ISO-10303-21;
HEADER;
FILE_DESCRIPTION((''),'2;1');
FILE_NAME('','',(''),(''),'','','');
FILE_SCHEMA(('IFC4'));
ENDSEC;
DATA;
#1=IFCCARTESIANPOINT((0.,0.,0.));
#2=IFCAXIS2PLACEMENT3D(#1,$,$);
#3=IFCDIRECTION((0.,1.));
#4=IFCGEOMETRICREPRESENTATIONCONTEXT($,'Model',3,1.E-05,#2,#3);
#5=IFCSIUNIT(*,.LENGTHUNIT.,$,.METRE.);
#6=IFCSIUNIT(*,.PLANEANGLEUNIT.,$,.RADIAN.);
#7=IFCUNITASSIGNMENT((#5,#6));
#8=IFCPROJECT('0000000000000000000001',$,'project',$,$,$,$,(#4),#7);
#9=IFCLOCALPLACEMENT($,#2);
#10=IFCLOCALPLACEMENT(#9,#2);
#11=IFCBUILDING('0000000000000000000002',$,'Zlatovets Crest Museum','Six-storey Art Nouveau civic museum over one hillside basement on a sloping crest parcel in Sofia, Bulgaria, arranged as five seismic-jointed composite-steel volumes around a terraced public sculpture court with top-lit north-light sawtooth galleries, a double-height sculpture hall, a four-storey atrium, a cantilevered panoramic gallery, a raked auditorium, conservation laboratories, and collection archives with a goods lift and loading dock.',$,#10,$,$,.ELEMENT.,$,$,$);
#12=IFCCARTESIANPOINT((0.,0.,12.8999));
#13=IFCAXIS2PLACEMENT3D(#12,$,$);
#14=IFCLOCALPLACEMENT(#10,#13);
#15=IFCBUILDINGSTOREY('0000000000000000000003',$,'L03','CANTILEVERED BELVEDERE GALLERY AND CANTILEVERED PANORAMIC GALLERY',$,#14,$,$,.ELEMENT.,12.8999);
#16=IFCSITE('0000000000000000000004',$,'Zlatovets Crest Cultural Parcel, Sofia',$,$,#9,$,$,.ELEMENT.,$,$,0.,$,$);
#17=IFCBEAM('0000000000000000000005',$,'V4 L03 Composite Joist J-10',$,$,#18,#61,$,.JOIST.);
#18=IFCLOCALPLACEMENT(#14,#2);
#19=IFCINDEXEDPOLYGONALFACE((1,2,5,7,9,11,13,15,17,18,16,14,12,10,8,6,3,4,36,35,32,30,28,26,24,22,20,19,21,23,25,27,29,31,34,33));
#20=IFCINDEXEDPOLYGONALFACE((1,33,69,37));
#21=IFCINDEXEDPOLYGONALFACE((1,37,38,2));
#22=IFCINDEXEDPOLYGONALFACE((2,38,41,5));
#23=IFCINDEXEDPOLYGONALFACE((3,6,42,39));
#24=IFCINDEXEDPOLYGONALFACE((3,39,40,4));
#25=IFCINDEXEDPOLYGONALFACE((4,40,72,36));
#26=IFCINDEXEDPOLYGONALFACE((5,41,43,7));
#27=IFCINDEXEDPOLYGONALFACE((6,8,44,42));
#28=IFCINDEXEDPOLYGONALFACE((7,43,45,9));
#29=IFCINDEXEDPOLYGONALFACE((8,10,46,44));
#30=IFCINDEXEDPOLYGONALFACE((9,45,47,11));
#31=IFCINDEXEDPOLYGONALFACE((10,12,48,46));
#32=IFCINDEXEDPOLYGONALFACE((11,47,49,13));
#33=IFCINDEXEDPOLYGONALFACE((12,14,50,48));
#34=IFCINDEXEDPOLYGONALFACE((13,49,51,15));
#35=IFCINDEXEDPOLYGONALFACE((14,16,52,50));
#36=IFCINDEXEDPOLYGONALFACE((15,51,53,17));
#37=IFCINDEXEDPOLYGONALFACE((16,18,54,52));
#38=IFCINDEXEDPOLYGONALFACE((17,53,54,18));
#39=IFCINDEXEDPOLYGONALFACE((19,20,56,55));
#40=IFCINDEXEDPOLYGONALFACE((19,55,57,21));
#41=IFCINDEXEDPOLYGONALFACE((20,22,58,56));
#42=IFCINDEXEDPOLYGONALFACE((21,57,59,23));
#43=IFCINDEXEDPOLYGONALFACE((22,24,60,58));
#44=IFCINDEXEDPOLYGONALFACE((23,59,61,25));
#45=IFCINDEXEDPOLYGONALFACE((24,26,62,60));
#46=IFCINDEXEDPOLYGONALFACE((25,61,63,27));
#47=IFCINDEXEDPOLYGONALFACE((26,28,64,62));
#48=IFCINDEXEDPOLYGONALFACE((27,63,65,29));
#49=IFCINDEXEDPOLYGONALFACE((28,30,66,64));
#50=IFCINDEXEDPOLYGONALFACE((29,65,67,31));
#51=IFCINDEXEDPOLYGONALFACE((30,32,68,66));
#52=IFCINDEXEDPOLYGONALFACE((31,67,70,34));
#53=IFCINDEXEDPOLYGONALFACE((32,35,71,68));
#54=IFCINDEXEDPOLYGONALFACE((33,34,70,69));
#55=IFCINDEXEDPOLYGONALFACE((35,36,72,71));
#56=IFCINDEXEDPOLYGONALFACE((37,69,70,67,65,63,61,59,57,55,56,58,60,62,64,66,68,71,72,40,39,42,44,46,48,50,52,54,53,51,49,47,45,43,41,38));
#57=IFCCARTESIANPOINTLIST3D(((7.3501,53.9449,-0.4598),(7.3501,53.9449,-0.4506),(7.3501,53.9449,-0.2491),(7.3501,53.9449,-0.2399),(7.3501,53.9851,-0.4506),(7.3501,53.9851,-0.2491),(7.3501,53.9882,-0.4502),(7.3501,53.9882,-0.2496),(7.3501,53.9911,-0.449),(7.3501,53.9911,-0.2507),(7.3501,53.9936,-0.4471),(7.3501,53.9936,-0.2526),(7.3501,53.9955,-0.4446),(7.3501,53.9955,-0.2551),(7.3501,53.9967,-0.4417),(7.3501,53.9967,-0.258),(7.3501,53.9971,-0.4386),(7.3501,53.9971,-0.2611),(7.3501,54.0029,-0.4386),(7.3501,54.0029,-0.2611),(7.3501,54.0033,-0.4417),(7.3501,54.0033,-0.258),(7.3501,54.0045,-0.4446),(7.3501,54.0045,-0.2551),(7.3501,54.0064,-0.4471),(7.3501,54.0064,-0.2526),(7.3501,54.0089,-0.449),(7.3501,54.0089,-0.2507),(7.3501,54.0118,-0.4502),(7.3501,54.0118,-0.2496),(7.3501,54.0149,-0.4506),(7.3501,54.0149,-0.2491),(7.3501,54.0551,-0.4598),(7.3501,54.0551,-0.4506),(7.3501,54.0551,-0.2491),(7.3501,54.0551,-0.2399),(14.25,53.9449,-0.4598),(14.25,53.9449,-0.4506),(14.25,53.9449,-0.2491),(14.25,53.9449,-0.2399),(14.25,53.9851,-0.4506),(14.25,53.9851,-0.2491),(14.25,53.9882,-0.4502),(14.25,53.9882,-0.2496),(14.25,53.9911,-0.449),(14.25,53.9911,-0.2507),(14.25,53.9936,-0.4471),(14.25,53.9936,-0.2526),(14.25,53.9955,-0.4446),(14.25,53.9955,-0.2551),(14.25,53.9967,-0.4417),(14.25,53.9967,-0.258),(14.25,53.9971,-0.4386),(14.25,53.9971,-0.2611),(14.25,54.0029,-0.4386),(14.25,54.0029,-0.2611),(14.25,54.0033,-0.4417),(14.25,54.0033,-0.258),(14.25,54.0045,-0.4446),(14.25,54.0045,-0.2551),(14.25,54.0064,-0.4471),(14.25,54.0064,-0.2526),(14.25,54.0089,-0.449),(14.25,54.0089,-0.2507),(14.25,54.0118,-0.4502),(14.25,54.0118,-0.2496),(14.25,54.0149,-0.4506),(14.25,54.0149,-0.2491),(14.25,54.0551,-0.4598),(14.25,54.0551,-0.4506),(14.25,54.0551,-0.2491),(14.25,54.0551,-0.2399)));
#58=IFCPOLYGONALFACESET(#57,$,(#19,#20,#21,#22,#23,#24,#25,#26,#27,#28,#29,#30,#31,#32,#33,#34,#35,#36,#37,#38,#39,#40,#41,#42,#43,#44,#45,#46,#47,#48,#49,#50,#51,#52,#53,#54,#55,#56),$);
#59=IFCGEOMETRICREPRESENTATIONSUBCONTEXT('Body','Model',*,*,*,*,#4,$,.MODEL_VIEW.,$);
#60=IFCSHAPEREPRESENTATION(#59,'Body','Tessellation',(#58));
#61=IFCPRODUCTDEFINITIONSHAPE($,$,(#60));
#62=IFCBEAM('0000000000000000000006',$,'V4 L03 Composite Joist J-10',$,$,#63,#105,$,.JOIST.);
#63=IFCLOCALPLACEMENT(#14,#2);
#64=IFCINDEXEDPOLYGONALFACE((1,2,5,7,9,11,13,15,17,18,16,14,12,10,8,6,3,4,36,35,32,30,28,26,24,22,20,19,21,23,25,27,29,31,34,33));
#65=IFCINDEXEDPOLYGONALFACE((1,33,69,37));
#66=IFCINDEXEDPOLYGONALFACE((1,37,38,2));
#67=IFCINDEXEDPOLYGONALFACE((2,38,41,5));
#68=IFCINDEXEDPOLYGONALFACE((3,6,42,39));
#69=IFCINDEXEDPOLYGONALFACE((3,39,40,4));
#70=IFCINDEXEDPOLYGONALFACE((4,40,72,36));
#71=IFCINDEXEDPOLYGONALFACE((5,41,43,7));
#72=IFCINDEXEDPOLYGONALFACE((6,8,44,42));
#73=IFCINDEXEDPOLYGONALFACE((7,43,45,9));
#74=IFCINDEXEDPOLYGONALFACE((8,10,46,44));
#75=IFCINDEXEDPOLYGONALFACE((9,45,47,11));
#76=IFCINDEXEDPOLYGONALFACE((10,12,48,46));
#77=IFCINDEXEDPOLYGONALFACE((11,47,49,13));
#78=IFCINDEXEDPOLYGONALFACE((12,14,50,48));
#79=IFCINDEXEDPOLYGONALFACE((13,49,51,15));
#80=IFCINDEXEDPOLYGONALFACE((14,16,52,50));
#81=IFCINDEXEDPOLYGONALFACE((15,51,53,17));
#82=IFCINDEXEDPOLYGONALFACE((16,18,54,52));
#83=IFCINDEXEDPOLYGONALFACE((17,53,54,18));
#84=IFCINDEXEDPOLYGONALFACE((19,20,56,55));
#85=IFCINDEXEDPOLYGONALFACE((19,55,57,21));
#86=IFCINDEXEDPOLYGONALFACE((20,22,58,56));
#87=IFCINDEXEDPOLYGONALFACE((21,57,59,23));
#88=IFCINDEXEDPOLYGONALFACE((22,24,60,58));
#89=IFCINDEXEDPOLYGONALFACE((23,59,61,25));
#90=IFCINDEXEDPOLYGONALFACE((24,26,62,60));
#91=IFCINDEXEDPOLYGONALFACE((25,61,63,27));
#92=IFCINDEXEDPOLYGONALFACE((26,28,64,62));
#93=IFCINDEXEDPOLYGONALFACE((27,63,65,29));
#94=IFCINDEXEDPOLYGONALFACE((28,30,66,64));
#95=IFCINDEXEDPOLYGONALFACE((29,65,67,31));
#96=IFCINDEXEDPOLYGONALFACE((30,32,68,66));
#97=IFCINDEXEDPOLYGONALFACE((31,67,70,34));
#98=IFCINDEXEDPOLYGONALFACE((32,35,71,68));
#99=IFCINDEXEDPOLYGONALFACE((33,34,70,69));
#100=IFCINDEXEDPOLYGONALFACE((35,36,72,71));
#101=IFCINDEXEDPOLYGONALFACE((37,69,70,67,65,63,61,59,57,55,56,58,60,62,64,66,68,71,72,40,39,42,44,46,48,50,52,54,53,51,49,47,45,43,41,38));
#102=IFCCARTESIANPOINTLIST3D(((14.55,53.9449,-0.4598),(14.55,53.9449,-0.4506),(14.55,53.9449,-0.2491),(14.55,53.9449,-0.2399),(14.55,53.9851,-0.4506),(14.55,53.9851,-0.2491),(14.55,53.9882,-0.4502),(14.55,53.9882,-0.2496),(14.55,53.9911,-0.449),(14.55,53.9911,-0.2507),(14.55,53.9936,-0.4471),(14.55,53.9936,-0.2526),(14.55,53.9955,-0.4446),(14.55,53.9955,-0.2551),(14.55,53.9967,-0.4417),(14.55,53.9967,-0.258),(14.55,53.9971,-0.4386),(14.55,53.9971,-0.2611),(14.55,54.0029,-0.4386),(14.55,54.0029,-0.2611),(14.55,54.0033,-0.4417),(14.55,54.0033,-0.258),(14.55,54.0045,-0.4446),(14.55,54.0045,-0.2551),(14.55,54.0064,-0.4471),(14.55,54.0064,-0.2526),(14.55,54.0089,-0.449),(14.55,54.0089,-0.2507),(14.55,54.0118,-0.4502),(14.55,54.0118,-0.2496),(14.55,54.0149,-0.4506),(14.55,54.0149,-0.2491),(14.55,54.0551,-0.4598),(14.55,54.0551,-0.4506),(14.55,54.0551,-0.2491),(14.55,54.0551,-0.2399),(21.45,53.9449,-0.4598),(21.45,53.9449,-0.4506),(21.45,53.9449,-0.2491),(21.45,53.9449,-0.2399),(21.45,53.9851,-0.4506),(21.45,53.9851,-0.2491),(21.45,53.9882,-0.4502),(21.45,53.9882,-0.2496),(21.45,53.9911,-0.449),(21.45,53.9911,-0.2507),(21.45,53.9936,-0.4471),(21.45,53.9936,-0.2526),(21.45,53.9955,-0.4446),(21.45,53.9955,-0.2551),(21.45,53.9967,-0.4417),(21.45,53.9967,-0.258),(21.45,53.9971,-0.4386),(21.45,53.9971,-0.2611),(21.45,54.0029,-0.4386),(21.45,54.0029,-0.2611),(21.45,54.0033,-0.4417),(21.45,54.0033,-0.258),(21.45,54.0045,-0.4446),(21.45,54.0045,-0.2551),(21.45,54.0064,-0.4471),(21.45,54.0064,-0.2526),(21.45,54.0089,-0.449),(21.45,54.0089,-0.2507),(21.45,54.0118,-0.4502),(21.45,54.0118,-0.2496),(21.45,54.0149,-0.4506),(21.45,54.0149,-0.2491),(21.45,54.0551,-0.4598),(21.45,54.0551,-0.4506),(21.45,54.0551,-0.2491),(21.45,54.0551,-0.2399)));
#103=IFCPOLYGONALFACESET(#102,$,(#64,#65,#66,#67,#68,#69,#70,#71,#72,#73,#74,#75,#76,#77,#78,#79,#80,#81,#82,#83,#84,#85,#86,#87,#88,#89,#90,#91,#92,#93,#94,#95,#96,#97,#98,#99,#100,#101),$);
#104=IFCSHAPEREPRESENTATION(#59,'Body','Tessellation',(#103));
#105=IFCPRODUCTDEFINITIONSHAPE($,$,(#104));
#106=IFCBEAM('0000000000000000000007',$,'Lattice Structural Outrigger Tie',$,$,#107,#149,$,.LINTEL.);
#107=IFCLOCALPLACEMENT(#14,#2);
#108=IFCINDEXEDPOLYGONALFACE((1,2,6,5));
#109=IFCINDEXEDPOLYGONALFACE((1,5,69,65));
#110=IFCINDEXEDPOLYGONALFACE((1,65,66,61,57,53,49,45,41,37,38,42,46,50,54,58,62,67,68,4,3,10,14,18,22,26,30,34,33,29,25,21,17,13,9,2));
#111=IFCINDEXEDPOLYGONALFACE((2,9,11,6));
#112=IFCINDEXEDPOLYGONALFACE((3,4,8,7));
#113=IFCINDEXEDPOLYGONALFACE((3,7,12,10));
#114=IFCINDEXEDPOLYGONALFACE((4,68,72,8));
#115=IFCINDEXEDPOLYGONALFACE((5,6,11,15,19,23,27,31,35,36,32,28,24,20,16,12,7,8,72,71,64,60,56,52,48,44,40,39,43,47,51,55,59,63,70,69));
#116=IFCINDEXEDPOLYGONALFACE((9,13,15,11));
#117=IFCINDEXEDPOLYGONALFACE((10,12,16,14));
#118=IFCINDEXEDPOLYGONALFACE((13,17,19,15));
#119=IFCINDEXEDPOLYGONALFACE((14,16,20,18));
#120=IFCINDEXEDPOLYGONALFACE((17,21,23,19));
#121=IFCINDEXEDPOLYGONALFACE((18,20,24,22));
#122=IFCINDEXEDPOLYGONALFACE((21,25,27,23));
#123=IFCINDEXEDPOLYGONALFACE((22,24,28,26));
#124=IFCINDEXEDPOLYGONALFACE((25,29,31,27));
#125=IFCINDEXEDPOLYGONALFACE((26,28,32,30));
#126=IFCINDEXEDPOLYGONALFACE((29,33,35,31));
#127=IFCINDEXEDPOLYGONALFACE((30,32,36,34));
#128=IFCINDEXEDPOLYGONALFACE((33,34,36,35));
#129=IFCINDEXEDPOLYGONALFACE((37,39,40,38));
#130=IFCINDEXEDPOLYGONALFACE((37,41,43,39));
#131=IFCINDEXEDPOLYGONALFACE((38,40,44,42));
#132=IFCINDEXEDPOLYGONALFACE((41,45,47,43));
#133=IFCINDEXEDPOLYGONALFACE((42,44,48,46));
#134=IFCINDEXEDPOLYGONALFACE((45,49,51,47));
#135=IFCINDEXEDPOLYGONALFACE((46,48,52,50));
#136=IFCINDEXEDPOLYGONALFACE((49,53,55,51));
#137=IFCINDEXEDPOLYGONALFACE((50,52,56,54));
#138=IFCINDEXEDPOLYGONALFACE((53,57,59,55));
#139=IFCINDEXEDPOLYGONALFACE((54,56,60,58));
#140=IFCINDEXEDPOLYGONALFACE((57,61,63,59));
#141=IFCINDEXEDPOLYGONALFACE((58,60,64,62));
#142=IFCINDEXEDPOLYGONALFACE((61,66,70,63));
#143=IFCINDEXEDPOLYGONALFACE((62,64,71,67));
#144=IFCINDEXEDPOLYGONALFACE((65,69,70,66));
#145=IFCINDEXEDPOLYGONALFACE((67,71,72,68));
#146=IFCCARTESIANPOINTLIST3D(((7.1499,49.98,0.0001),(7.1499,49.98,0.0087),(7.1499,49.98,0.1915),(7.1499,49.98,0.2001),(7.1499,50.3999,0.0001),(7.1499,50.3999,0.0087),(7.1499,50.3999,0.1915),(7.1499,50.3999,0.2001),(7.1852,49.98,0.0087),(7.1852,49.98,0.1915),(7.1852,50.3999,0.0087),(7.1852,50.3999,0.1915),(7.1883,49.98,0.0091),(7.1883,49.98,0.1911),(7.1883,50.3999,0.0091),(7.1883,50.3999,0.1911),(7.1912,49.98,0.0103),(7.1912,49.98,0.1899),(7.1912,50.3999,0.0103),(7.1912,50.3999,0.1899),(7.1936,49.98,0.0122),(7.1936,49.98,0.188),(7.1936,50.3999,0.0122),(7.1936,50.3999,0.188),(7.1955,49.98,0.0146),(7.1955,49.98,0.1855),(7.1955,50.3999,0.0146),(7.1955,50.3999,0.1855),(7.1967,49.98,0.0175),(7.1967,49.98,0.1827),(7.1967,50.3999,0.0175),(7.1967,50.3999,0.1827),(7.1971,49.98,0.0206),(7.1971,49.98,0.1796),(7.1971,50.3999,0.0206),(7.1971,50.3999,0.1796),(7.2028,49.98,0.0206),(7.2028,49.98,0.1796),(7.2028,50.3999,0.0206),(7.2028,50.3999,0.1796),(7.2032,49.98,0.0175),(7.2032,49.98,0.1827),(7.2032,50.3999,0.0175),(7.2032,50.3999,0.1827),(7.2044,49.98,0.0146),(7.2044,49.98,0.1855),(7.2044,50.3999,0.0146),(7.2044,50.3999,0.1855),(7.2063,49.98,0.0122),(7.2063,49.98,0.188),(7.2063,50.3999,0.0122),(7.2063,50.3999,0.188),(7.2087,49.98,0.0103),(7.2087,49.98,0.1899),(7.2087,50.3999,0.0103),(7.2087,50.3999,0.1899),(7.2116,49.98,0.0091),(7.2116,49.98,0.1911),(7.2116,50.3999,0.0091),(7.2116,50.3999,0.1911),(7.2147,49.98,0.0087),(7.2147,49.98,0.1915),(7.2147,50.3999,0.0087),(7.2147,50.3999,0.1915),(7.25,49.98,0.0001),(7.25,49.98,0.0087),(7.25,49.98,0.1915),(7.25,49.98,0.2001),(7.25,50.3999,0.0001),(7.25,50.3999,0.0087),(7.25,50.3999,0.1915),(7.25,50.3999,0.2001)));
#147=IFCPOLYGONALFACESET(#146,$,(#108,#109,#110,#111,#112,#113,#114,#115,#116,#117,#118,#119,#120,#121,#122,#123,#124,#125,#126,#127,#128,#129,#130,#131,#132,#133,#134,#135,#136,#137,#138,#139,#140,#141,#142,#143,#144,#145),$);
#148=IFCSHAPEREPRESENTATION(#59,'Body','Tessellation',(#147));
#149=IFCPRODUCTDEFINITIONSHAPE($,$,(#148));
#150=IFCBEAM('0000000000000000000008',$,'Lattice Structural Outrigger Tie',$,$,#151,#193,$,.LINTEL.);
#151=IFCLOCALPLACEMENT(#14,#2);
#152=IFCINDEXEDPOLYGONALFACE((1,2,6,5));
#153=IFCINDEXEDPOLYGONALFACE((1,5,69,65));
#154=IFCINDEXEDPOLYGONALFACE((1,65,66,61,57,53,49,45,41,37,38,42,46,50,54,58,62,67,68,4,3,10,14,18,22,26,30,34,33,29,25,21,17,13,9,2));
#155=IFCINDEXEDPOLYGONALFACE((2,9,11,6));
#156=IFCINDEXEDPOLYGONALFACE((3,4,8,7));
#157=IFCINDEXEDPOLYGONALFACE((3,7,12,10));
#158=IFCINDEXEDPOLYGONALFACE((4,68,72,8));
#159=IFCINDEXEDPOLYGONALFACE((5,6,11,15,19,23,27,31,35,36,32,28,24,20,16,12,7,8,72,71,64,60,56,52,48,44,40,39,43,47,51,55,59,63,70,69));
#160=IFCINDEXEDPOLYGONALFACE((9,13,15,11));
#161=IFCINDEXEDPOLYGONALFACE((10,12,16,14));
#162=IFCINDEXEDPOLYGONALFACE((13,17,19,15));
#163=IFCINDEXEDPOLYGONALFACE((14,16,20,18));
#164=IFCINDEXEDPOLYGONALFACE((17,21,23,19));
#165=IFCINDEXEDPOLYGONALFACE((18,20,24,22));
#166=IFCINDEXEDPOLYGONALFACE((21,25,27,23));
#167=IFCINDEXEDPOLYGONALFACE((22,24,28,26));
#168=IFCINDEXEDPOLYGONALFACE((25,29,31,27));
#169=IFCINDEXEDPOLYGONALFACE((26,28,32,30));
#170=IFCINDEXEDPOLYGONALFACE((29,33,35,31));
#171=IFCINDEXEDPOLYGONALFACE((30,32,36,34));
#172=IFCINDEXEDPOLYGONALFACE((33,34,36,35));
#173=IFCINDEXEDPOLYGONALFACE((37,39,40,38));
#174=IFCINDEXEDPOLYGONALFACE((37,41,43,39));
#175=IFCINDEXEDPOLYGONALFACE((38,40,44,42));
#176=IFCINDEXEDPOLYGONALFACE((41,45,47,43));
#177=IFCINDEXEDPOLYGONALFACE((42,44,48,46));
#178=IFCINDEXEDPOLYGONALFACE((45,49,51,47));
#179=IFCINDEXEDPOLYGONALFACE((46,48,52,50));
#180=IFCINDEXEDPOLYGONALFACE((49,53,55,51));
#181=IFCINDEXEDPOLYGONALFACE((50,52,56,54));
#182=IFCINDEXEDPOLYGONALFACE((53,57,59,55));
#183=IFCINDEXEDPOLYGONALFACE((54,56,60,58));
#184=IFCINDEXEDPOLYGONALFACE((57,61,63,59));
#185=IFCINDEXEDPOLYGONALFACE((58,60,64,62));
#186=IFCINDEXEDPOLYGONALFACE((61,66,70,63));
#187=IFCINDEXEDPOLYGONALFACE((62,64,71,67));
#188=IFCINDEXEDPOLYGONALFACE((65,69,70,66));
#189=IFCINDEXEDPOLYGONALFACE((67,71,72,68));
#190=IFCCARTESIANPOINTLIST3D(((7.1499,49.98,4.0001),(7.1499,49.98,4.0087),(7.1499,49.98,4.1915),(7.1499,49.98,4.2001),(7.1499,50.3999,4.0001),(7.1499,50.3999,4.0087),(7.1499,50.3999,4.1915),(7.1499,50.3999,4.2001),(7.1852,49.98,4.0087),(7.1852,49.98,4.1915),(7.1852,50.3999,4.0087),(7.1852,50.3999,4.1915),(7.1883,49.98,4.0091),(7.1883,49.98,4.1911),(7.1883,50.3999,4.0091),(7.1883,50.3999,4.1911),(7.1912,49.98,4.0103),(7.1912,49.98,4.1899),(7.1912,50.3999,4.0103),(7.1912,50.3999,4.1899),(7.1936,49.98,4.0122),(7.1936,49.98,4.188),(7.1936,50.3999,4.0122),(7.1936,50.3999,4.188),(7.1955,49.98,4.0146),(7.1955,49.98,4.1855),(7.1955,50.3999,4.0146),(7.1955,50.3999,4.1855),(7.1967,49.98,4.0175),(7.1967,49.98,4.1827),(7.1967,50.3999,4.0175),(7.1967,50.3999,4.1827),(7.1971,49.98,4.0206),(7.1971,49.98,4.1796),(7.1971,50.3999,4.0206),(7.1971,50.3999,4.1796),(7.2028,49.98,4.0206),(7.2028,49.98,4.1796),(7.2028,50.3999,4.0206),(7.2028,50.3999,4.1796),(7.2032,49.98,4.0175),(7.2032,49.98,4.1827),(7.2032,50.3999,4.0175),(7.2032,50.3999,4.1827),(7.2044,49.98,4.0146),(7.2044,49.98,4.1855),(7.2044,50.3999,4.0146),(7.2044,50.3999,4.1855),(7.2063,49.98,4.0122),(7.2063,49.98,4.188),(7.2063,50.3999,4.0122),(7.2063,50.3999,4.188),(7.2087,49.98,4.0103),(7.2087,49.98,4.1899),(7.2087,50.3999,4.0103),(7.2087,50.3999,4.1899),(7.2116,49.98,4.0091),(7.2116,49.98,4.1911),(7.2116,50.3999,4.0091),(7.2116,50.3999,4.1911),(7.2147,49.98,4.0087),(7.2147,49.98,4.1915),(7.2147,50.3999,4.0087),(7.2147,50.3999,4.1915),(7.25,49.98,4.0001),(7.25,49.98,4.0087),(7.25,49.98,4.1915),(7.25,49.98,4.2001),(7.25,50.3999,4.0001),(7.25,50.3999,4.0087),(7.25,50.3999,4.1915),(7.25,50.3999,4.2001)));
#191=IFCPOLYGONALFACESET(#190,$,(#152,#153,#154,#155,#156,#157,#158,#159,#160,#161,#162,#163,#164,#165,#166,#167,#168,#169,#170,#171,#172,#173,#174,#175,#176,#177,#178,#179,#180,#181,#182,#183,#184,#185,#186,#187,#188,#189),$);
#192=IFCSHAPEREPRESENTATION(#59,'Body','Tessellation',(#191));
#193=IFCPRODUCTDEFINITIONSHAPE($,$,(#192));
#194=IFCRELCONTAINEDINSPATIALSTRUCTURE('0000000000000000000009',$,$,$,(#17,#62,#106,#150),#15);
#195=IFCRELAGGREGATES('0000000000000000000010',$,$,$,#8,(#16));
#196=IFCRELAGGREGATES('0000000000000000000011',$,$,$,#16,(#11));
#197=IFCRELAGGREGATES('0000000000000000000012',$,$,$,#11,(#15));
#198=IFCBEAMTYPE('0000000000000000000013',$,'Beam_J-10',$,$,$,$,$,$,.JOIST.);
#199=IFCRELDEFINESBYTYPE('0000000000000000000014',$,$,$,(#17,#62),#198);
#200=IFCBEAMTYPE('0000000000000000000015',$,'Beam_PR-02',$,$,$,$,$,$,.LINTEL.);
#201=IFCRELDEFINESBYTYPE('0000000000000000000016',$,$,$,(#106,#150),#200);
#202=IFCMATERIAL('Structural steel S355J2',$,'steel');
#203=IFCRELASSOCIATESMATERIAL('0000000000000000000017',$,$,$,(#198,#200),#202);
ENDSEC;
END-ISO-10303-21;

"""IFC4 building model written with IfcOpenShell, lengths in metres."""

from ifc_helpers import new_model, si_unit, direction, frame, origin, origin_2d, place, context, subcontext, project, spatial, i_section, extrude, material, material_profile, profile_set, type_object, element, save


model = new_model("IFC4")

# Units and contexts
model_context = context("Model", 3, precision=1e-05, world=origin(), true_north=direction((0.0, 1.0)))
body_context = subcontext(model_context, "Body", "Model", "MODEL_VIEW")
ifc_project = project(units=[si_unit("LENGTHUNIT", "METRE"), si_unit("PLANEANGLEUNIT", "RADIAN")], contexts=[model_context])

# Site, building, storey
site_placement = place(None, origin())
site = spatial("IfcSite", under=ifc_project, at=site_placement, Name="Zlatovets Crest Cultural Parcel, Sofia", CompositionType="ELEMENT", RefElevation=0.0)
building_placement = place(site_placement, origin())
building = spatial("IfcBuilding", under=site, at=building_placement, Name="Zlatovets Crest Museum", Description="Six-storey Art Nouveau civic museum over one hillside basement on a sloping crest parcel in Sofia, Bulgaria, arranged as five seismic-jointed composite-steel volumes around a terraced public sculpture court with top-lit north-light sawtooth galleries, a double-height sculpture hall, a four-storey atrium, a cantilevered panoramic gallery, a raked auditorium, conservation laboratories, and collection archives with a goods lift and loading dock.", CompositionType="ELEMENT")
storey_placement = place(building_placement, frame((0.0, 0.0, 12.8999)))
storey = spatial("IfcBuildingStorey", under=building, at=storey_placement, Name="L03", Description="CANTILEVERED BELVEDERE GALLERY AND CANTILEVERED PANORAMIC GALLERY", CompositionType="ELEMENT", Elevation=12.8999)

# Shared definitions
ifc_material_1 = material(Name="Structural steel S355J2", Category="steel")

# Beams
ifc_material_profile_1 = material_profile(ifc_material_1, i_section(OverallWidth=0.1101, OverallDepth=0.22, WebThickness=0.0059, FlangeThickness=0.0093, FilletRadius=0.012, at=origin_2d()), Name="IPE 220")
ifc_profile_set_1 = profile_set([ifc_material_profile_1], Name="Structural steel S355J2")
beam_type_1 = type_object("IfcBeamType", Name="Beam_J-10", PredefinedType="JOIST", material=ifc_profile_set_1)
for number, where, z_axis, x_axis, name in (
    (1, (7.3501, 54.0, -0.3499), (1.0, 0.0, 0.0), (0.0, 1.0, 0.0), "V4 L03 Composite Joist J-10"),
    (2, (14.55, 54.0, -0.3499), (1.0, 0.0, 0.0), (0.0, 1.0, 0.0), "V4 L03 Composite Joist J-10"),
):
    element("IfcBeam", number, at=place(storey_placement, frame(where, z_axis=z_axis, x_axis=x_axis)), inside=storey, type_object=beam_type_1, Name=name, PredefinedType="JOIST", context=body_context, shape_type="SweptSolid", body=[
        extrude(i_section(OverallWidth=0.1101, OverallDepth=0.22, WebThickness=0.0059, FlangeThickness=0.0093, FilletRadius=0.012, at=origin_2d()), origin(), (0.0, 0.0, 1.0), 6.8999),
    ])
ifc_material_profile_2 = material_profile(ifc_material_1, i_section(OverallWidth=0.1001, OverallDepth=0.2, WebThickness=0.0056, FlangeThickness=0.0085, FilletRadius=0.012, at=origin_2d()), Name="IPE 200")
ifc_profile_set_2 = profile_set([ifc_material_profile_2], Name="Structural steel S355J2")
beam_type_2 = type_object("IfcBeamType", Name="Beam_PR-02", PredefinedType="LINTEL", material=ifc_profile_set_2)
for number, where, z_axis, x_axis, name in (
    (3, (7.2, 50.3999, 0.1001), (0.0, -1.0, 0.0), (1.0, 0.0, 0.0), "Lattice Structural Outrigger Tie"),
    (4, (7.2, 50.3999, 4.1001), (0.0, -1.0, 0.0), (1.0, 0.0, 0.0), "Lattice Structural Outrigger Tie"),
):
    element("IfcBeam", number, at=place(storey_placement, frame(where, z_axis=z_axis, x_axis=x_axis)), inside=storey, type_object=beam_type_2, Name=name, PredefinedType="LINTEL", context=body_context, shape_type="SweptSolid", body=[
        extrude(i_section(OverallWidth=0.1001, OverallDepth=0.2, WebThickness=0.0056, FlangeThickness=0.0085, FilletRadius=0.012, at=origin_2d()), origin(), (0.0, 0.0, 1.0), 0.4199),
    ])

save(model, "model.ifc")
